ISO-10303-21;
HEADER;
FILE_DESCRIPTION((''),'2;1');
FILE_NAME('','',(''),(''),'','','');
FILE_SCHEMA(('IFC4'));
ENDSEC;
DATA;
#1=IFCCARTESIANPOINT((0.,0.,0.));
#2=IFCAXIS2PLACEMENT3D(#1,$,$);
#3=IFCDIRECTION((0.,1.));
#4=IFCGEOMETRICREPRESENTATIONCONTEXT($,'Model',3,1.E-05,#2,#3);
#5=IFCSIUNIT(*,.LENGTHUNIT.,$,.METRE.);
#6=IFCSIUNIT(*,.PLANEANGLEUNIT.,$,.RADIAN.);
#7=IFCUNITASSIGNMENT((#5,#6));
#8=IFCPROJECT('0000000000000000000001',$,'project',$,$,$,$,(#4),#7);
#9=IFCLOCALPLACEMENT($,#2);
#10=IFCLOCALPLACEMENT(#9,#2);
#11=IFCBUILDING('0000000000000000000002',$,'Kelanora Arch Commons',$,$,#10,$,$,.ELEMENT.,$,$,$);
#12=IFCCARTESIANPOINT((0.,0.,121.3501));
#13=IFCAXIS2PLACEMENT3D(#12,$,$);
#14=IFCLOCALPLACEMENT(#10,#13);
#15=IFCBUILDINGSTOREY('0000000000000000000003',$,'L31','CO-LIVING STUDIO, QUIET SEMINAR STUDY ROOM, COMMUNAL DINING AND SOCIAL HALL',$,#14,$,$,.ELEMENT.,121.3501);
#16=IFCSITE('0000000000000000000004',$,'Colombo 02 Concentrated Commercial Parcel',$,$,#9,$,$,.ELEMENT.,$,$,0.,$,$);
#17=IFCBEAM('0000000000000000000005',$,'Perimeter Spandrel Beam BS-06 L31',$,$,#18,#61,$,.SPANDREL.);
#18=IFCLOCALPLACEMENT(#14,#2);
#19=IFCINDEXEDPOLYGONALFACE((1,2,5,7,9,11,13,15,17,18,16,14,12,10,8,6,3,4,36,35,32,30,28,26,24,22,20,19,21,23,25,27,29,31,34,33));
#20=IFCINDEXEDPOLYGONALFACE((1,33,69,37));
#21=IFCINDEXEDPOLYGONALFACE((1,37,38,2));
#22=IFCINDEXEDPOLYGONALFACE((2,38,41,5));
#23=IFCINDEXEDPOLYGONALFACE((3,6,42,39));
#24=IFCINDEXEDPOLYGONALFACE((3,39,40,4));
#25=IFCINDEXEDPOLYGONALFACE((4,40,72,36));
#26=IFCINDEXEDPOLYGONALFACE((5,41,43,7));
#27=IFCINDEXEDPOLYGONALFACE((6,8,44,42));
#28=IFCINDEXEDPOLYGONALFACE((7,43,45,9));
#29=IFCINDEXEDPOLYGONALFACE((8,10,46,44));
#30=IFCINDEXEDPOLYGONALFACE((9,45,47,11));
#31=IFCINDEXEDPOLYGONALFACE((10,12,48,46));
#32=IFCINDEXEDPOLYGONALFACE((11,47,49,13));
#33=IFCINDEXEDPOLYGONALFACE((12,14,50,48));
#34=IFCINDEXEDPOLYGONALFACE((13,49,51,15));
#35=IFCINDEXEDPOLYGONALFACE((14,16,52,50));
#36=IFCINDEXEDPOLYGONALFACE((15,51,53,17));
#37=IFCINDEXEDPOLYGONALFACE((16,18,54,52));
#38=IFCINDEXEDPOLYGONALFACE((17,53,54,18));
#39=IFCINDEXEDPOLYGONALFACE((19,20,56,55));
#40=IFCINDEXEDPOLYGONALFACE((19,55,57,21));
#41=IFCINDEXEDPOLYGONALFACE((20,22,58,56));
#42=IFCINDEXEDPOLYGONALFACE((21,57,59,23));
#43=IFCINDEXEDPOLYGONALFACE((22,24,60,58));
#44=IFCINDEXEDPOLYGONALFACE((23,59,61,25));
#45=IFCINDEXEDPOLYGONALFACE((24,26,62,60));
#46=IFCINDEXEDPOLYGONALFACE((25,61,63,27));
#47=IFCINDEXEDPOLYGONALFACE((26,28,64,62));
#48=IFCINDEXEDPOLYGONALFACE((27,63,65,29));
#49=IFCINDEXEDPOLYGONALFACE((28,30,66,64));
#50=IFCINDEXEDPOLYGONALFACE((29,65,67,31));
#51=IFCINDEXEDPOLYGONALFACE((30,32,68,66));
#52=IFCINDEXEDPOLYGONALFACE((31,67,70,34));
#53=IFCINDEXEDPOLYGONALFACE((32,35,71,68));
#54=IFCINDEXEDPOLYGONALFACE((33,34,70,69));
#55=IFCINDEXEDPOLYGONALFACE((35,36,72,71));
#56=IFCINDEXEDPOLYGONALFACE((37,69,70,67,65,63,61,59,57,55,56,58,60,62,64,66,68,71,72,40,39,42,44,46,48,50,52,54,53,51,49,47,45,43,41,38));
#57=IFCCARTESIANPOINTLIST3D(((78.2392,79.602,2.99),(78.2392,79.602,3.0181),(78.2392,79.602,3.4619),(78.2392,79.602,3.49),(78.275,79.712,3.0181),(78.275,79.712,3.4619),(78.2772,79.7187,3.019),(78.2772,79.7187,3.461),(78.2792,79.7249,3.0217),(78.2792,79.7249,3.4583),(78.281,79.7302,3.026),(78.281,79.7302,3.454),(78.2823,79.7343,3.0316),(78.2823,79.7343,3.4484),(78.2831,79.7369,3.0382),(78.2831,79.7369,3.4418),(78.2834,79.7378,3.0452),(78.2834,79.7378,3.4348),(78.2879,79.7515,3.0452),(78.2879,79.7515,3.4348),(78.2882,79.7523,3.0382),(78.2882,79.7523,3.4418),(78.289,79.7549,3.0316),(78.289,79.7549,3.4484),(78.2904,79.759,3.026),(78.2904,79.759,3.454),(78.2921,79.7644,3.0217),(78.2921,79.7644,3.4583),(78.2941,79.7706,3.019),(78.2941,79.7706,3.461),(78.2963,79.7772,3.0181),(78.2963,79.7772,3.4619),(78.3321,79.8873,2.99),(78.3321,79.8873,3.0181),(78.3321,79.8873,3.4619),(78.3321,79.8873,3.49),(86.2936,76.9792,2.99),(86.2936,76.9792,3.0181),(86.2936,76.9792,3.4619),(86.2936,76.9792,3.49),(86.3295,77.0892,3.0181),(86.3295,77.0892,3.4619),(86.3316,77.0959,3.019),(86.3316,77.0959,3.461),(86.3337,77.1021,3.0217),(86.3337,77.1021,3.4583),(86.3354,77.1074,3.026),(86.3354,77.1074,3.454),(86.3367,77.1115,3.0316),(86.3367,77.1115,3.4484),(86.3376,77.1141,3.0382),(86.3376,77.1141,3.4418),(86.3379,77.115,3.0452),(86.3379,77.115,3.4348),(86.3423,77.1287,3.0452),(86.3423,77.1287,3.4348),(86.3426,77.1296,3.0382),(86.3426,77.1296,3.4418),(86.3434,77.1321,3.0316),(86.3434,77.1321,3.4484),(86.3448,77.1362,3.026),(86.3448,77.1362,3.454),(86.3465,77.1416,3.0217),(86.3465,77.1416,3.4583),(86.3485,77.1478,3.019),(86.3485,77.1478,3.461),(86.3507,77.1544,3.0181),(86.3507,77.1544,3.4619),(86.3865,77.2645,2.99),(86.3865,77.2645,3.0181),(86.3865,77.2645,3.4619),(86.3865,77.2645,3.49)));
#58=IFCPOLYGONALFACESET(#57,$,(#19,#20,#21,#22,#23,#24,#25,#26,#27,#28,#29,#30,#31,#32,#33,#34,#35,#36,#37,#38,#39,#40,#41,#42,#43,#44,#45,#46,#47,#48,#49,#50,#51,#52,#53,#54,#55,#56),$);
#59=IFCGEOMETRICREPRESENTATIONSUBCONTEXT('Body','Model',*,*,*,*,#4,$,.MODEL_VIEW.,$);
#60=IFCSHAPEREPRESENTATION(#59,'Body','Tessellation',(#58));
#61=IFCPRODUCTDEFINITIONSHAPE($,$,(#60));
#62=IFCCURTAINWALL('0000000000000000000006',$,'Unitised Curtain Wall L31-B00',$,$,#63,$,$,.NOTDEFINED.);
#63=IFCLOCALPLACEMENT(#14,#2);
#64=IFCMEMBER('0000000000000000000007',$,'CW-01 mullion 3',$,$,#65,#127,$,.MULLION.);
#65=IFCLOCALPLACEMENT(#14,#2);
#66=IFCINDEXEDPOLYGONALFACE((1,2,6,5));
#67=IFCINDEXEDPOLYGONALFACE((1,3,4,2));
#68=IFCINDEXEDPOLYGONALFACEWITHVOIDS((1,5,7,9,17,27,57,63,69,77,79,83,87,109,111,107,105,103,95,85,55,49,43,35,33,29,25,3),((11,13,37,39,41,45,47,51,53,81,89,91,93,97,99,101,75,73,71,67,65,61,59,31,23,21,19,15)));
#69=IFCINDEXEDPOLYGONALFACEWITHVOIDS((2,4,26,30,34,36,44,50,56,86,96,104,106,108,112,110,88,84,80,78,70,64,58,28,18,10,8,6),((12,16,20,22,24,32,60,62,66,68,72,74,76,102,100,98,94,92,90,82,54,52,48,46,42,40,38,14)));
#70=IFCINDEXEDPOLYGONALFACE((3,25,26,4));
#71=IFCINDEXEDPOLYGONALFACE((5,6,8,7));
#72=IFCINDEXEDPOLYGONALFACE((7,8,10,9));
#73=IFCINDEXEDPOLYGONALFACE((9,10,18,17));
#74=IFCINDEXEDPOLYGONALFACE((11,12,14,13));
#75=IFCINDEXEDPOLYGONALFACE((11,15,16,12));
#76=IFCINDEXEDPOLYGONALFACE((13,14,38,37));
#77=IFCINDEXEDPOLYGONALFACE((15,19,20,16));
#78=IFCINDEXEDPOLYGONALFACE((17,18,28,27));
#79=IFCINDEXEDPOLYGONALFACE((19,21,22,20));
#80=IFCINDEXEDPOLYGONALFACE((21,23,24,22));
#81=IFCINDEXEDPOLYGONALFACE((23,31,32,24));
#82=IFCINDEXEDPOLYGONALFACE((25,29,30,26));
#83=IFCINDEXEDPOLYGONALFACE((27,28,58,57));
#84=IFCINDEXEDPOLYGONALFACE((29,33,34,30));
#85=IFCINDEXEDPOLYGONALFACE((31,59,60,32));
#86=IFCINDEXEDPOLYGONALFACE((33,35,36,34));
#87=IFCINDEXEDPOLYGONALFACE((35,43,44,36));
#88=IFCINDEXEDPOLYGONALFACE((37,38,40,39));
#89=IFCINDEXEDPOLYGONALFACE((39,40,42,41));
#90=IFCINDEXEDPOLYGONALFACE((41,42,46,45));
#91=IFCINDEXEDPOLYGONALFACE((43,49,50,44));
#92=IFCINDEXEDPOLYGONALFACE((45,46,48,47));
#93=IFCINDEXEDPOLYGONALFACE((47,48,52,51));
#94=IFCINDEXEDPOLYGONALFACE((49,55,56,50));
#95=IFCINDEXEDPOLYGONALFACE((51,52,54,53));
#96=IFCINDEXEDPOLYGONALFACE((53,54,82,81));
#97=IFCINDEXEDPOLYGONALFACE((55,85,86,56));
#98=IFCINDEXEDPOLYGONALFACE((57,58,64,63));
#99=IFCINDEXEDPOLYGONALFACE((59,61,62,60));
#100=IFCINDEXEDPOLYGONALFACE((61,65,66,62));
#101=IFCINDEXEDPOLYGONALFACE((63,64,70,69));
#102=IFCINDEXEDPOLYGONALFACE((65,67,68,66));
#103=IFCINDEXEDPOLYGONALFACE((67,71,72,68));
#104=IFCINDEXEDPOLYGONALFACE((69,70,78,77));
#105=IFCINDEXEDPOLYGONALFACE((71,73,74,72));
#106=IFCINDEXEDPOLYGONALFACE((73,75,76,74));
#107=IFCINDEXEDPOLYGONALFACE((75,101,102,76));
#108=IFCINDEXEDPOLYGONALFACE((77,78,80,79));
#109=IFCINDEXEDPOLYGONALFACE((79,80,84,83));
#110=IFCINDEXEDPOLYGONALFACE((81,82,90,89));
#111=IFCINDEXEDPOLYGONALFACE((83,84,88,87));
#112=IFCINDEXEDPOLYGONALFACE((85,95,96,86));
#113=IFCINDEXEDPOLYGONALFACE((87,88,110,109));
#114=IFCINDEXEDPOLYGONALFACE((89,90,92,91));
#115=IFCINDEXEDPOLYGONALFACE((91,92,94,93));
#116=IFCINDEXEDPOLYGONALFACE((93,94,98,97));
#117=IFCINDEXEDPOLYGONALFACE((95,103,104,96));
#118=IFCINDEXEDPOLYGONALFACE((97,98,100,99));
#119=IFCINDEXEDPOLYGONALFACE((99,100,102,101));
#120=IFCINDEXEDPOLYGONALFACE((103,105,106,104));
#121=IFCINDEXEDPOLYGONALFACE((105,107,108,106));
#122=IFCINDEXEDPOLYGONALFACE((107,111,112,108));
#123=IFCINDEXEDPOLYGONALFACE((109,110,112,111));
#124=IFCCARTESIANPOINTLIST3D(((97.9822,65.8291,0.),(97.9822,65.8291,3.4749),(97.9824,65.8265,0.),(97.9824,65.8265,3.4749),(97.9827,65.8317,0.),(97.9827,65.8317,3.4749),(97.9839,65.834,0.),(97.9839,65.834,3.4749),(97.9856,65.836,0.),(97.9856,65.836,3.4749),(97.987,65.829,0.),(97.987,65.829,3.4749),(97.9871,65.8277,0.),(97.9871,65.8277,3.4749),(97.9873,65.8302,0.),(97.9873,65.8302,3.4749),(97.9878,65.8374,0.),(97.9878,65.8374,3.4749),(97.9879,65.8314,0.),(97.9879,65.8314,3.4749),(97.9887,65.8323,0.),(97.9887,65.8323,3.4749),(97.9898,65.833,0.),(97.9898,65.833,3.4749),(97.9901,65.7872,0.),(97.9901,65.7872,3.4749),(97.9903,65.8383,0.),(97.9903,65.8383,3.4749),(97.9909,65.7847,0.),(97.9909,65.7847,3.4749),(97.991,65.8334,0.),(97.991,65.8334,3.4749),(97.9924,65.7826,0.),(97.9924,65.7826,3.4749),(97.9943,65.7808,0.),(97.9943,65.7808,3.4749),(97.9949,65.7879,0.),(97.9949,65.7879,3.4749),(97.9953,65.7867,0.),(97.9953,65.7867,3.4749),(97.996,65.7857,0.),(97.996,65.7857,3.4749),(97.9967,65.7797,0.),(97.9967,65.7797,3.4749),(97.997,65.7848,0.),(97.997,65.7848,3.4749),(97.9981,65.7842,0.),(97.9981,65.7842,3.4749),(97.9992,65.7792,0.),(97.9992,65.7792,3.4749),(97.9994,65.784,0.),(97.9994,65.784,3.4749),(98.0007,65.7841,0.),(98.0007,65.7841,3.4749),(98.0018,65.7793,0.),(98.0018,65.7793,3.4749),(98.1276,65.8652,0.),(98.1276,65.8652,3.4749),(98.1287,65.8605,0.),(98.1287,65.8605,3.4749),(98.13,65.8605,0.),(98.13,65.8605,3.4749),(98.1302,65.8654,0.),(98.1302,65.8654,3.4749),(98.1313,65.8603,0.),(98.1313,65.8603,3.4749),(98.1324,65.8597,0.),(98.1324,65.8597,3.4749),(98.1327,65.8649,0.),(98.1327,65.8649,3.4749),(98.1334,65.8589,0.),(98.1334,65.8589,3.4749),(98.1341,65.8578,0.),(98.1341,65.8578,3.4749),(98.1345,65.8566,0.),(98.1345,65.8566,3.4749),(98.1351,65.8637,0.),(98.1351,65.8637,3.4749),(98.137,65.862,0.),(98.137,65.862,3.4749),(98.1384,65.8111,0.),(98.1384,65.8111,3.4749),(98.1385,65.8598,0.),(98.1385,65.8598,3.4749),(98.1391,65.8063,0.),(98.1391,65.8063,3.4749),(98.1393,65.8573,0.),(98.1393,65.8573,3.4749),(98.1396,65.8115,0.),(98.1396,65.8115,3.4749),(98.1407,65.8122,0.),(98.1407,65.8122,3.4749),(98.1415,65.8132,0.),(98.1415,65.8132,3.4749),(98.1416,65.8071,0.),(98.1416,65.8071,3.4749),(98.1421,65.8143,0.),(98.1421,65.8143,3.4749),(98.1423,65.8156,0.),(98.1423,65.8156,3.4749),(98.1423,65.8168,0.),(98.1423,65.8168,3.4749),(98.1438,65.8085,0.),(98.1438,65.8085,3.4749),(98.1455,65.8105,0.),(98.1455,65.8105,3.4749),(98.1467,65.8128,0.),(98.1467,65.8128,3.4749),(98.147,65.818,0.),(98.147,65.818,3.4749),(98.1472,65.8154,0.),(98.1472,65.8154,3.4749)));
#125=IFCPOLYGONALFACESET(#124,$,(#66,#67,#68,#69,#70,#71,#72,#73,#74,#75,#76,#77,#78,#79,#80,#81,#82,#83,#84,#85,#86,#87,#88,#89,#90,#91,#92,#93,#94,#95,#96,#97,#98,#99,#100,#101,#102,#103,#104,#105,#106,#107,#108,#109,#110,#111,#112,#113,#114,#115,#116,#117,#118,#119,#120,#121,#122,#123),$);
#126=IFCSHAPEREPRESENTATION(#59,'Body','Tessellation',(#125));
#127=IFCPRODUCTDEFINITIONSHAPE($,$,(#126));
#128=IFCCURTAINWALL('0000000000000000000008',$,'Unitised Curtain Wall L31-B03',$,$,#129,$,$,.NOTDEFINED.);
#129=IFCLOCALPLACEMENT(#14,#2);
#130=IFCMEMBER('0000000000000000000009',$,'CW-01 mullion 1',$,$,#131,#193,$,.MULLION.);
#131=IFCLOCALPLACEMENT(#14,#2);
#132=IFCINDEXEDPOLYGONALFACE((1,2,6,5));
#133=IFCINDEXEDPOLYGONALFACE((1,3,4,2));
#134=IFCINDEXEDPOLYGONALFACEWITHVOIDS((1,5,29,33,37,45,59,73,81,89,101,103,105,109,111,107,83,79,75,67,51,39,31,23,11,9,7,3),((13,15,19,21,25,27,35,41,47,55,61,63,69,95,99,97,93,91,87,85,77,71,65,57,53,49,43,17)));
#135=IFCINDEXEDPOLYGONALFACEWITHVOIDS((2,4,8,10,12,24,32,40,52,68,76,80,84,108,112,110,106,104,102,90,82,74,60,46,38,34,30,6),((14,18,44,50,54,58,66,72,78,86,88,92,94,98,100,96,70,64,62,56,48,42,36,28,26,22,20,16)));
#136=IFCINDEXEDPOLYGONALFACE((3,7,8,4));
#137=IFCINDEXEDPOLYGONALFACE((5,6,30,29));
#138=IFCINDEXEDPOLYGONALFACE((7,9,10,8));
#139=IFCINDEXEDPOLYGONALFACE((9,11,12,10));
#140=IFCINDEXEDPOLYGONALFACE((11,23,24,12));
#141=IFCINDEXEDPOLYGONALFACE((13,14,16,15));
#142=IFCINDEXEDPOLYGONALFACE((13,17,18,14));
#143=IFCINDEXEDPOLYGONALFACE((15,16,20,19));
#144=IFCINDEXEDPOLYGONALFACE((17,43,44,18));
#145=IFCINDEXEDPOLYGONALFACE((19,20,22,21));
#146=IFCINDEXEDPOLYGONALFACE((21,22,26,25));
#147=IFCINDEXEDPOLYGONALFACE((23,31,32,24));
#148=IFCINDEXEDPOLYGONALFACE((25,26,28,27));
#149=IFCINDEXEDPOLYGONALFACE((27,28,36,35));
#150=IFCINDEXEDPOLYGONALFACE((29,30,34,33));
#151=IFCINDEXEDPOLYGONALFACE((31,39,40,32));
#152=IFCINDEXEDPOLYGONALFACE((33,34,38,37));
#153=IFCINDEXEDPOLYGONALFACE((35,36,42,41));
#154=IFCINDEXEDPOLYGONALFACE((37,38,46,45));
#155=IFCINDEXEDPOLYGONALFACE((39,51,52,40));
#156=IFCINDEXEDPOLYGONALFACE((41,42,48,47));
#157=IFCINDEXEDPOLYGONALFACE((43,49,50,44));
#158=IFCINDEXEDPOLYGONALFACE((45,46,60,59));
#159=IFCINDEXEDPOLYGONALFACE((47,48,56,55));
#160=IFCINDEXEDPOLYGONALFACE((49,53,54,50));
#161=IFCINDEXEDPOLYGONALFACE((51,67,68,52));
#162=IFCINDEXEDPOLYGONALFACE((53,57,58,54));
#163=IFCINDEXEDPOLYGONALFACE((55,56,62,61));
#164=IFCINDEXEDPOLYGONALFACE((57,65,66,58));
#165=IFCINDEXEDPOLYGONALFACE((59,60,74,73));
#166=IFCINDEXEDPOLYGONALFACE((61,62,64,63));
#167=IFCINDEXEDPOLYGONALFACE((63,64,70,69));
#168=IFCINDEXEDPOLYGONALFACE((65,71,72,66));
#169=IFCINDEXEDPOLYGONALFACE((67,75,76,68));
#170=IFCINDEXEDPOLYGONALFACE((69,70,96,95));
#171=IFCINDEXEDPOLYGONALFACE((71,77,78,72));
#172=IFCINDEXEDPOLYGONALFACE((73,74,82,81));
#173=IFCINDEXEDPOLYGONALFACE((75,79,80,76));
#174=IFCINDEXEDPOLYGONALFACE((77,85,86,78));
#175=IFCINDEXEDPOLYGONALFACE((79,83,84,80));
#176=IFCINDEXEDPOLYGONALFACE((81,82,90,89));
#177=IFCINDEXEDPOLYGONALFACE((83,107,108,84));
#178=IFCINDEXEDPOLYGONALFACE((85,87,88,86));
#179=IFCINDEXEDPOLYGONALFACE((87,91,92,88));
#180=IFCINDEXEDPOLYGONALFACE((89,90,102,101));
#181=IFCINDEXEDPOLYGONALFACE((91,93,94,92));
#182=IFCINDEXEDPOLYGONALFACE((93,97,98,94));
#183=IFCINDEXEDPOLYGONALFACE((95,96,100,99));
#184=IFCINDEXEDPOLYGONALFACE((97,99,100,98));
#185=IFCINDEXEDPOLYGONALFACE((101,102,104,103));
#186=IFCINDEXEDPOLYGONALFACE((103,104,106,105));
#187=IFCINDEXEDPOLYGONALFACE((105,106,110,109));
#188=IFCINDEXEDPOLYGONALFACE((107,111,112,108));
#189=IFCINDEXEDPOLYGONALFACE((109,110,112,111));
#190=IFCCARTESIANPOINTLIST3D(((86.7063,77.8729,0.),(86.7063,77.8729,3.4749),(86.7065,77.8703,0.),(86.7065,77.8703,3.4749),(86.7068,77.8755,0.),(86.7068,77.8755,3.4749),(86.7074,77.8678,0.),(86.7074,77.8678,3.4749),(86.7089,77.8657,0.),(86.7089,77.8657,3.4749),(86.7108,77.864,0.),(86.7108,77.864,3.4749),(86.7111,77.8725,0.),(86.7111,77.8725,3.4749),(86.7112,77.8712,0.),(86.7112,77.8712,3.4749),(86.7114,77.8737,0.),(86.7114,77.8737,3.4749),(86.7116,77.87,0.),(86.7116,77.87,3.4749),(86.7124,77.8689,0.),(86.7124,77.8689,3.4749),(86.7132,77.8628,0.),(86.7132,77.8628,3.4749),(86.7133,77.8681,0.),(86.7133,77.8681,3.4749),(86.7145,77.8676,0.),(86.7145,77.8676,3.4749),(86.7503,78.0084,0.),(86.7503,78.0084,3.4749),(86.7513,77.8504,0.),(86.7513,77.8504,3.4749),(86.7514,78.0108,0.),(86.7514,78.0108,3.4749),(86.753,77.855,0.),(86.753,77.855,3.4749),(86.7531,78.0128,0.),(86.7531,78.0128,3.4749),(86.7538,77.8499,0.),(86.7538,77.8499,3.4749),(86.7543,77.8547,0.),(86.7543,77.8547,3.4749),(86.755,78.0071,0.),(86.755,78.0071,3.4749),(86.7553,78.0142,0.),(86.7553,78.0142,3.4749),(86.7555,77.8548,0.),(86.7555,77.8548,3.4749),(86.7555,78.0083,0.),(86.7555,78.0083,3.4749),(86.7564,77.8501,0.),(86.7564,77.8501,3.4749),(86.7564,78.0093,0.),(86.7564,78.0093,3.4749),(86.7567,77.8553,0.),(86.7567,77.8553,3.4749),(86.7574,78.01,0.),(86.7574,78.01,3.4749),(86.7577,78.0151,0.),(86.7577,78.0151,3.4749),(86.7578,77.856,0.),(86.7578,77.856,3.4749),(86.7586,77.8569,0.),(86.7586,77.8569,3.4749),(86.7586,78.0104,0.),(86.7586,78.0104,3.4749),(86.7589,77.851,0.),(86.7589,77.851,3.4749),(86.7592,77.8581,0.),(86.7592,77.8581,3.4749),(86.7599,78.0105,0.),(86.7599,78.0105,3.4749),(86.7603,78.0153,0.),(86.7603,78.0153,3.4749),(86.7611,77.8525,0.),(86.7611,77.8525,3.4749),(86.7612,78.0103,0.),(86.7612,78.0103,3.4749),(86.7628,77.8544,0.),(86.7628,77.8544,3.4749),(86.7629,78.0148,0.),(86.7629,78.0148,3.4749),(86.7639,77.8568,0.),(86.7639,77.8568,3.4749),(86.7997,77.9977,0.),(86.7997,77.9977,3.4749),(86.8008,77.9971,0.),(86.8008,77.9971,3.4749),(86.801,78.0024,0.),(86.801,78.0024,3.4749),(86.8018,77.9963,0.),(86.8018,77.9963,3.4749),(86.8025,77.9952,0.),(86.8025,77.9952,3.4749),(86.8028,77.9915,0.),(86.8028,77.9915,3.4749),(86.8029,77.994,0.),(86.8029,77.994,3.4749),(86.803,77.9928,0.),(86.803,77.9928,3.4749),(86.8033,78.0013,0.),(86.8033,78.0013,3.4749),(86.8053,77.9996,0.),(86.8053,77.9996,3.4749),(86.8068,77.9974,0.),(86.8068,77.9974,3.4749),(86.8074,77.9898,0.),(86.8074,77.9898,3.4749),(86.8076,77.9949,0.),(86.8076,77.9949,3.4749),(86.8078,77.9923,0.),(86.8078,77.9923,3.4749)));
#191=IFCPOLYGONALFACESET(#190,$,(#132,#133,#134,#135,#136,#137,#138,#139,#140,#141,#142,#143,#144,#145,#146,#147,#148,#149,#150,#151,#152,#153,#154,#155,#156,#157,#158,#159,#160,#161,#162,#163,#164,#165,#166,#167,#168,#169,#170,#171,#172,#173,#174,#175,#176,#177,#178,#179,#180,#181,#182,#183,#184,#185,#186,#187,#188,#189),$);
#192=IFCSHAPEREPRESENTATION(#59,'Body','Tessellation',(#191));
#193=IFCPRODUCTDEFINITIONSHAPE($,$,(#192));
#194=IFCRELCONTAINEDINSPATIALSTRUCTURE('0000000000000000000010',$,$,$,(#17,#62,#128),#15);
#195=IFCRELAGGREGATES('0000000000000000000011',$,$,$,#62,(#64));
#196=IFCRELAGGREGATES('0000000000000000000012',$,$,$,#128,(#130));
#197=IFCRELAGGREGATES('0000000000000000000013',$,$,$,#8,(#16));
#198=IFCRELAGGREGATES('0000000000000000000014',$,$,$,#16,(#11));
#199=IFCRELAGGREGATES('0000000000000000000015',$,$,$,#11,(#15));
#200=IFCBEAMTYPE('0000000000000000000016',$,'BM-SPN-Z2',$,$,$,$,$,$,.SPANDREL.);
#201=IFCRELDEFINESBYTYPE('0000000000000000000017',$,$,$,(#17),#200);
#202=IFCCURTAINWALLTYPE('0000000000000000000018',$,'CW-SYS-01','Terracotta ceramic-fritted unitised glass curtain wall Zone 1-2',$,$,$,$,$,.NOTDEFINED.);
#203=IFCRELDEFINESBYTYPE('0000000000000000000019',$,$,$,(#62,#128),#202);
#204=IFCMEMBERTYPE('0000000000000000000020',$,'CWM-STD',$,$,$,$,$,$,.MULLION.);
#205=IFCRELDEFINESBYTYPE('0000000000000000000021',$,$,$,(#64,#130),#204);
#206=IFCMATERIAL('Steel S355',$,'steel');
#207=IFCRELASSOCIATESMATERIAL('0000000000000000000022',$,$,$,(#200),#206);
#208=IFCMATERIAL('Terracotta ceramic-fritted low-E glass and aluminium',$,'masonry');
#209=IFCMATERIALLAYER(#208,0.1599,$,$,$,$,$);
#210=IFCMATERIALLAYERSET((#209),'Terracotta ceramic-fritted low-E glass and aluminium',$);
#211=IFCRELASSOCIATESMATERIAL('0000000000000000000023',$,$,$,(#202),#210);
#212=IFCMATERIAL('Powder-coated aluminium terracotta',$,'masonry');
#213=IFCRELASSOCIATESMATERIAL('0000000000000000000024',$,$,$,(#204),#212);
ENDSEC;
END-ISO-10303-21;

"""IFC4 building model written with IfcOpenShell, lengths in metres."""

from ifc_helpers import new_model, si_unit, direction, frame, origin, origin_2d, place, context, subcontext, project, spatial, hollow_rectangle, i_section, extrude, material, layer, layer_set, material_profile, profile_set, type_object, element, aggregate, save


model = new_model("IFC4")

# Units and contexts
model_context = context("Model", 3, precision=1e-05, world=origin(), true_north=direction((0.0, 1.0)))
body_context = subcontext(model_context, "Body", "Model", "MODEL_VIEW")
ifc_project = project(units=[si_unit("LENGTHUNIT", "METRE"), si_unit("PLANEANGLEUNIT", "RADIAN")], contexts=[model_context])

# Site, building, storey
site_placement = place(None, origin())
site = spatial("IfcSite", under=ifc_project, at=site_placement, Name="Colombo 02 Concentrated Commercial Parcel", CompositionType="ELEMENT", RefElevation=0.0)
building_placement = place(site_placement, origin())
building = spatial("IfcBuilding", under=site, at=building_placement, Name="Kelanora Arch Commons", CompositionType="ELEMENT")
storey_placement = place(building_placement, frame((0.0, 0.0, 121.3501)))
storey = spatial("IfcBuildingStorey", under=building, at=storey_placement, Name="L31", Description="CO-LIVING STUDIO, QUIET SEMINAR STUDY ROOM, COMMUNAL DINING AND SOCIAL HALL", CompositionType="ELEMENT", Elevation=121.3501)

# Beam
ifc_material_1 = material(Name="Steel S355", Category="steel")
ifc_material_profile_1 = material_profile(ifc_material_1, i_section(OverallWidth=0.3, OverallDepth=0.5, WebThickness=0.0144, FlangeThickness=0.0281, FilletRadius=0.0271, at=origin_2d()), Name="HEB500")
ifc_profile_set_1 = profile_set([ifc_material_profile_1], Name="Steel S355")
beam_type_1 = type_object("IfcBeamType", Name="BM-SPN-Z2", PredefinedType="SPANDREL", material=ifc_profile_set_1)
beam_1_placement = place(storey_placement, frame((86.3401, 77.1218, 3.24), z_axis=(-0.950857, 0.309631, 0.0), x_axis=(-0.309631, -0.950857, 0.0)))
element("IfcBeam", 1, at=beam_1_placement, inside=storey, type_object=beam_type_1, Name="Perimeter Spandrel Beam BS-06 L31", PredefinedType="SPANDREL", context=body_context, shape_type="SweptSolid", body=[
    extrude(i_section(OverallWidth=0.3, OverallDepth=0.5, WebThickness=0.0144, FlangeThickness=0.0281, FilletRadius=0.0271, at=origin_2d()), origin(), (0.0, 0.0, 1.0), 8.4707),
])

# Curtain wall, member
ifc_material_2 = material(Name="Terracotta ceramic-fritted low-E glass and aluminium", Category="masonry")
ifc_layer_1 = layer(ifc_material_2, 0.1599)
ifc_layer_set_1 = layer_set([ifc_layer_1], Name="Terracotta ceramic-fritted low-E glass and aluminium")
curtain_wall_type = type_object("IfcCurtainWallType", Name="CW-SYS-01", Description="Terracotta ceramic-fritted unitised glass curtain wall Zone 1-2", PredefinedType="NOTDEFINED", material=ifc_layer_set_1)
curtain_wall_1_placement = place(storey_placement, origin())
curtain_wall_1 = element("IfcCurtainWall", 2, at=curtain_wall_1_placement, inside=storey, type_object=curtain_wall_type, Name="Unitised Curtain Wall L31-B00", PredefinedType="NOTDEFINED")
ifc_material_3 = material(Name="Powder-coated aluminium terracotta", Category="masonry")
ifc_material_profile_2 = material_profile(ifc_material_3, hollow_rectangle(XDim=0.1599, YDim=0.0601, WallThickness=0.0049, InnerFilletRadius=0.0049, OuterFilletRadius=0.01, at=origin_2d()), Name="CWM160x60")
ifc_profile_set_2 = profile_set([ifc_material_profile_2], Name="Powder-coated aluminium terracotta")
member_type_1 = type_object("IfcMemberType", Name="CWM-STD", PredefinedType="MULLION", material=ifc_profile_set_2)
member_1_placement = place(storey_placement, frame((98.0647, 65.8223, 0.0), z_axis=(0.0, 0.0, 1.0), x_axis=(-0.98128, -0.192585, 0.0)))
member_1 = element("IfcMember", 3, at=member_1_placement, type_object=member_type_1, Name="CW-01 mullion 3", PredefinedType="MULLION", context=body_context, shape_type="SweptSolid", body=[
    extrude(hollow_rectangle(XDim=0.1599, YDim=0.0601, WallThickness=0.0049, InnerFilletRadius=0.0049, OuterFilletRadius=0.01, at=origin_2d()), origin(), (0.0, 0.0, 1.0), 3.4749),
])
aggregate(curtain_wall_1, [member_1])

# Curtain wall, member
curtain_wall_2_placement = place(storey_placement, origin())
curtain_wall_2 = element("IfcCurtainWall", 4, at=curtain_wall_2_placement, inside=storey, type_object=curtain_wall_type, Name="Unitised Curtain Wall L31-B03", PredefinedType="NOTDEFINED")
member_2_placement = place(storey_placement, frame((86.7571, 77.9326, 0.0), z_axis=(0.0, 0.0, 1.0), x_axis=(-0.310805, -0.950474, 0.0)))
member_2 = element("IfcMember", 5, at=member_2_placement, type_object=member_type_1, Name="CW-01 mullion 1", PredefinedType="MULLION", context=body_context, shape_type="SweptSolid", body=[
    extrude(hollow_rectangle(XDim=0.1599, YDim=0.0601, WallThickness=0.0049, InnerFilletRadius=0.0049, OuterFilletRadius=0.01, at=origin_2d()), origin(), (0.0, 0.0, 1.0), 3.4749),
])
aggregate(curtain_wall_2, [member_2])

save(model, "model.ifc")
